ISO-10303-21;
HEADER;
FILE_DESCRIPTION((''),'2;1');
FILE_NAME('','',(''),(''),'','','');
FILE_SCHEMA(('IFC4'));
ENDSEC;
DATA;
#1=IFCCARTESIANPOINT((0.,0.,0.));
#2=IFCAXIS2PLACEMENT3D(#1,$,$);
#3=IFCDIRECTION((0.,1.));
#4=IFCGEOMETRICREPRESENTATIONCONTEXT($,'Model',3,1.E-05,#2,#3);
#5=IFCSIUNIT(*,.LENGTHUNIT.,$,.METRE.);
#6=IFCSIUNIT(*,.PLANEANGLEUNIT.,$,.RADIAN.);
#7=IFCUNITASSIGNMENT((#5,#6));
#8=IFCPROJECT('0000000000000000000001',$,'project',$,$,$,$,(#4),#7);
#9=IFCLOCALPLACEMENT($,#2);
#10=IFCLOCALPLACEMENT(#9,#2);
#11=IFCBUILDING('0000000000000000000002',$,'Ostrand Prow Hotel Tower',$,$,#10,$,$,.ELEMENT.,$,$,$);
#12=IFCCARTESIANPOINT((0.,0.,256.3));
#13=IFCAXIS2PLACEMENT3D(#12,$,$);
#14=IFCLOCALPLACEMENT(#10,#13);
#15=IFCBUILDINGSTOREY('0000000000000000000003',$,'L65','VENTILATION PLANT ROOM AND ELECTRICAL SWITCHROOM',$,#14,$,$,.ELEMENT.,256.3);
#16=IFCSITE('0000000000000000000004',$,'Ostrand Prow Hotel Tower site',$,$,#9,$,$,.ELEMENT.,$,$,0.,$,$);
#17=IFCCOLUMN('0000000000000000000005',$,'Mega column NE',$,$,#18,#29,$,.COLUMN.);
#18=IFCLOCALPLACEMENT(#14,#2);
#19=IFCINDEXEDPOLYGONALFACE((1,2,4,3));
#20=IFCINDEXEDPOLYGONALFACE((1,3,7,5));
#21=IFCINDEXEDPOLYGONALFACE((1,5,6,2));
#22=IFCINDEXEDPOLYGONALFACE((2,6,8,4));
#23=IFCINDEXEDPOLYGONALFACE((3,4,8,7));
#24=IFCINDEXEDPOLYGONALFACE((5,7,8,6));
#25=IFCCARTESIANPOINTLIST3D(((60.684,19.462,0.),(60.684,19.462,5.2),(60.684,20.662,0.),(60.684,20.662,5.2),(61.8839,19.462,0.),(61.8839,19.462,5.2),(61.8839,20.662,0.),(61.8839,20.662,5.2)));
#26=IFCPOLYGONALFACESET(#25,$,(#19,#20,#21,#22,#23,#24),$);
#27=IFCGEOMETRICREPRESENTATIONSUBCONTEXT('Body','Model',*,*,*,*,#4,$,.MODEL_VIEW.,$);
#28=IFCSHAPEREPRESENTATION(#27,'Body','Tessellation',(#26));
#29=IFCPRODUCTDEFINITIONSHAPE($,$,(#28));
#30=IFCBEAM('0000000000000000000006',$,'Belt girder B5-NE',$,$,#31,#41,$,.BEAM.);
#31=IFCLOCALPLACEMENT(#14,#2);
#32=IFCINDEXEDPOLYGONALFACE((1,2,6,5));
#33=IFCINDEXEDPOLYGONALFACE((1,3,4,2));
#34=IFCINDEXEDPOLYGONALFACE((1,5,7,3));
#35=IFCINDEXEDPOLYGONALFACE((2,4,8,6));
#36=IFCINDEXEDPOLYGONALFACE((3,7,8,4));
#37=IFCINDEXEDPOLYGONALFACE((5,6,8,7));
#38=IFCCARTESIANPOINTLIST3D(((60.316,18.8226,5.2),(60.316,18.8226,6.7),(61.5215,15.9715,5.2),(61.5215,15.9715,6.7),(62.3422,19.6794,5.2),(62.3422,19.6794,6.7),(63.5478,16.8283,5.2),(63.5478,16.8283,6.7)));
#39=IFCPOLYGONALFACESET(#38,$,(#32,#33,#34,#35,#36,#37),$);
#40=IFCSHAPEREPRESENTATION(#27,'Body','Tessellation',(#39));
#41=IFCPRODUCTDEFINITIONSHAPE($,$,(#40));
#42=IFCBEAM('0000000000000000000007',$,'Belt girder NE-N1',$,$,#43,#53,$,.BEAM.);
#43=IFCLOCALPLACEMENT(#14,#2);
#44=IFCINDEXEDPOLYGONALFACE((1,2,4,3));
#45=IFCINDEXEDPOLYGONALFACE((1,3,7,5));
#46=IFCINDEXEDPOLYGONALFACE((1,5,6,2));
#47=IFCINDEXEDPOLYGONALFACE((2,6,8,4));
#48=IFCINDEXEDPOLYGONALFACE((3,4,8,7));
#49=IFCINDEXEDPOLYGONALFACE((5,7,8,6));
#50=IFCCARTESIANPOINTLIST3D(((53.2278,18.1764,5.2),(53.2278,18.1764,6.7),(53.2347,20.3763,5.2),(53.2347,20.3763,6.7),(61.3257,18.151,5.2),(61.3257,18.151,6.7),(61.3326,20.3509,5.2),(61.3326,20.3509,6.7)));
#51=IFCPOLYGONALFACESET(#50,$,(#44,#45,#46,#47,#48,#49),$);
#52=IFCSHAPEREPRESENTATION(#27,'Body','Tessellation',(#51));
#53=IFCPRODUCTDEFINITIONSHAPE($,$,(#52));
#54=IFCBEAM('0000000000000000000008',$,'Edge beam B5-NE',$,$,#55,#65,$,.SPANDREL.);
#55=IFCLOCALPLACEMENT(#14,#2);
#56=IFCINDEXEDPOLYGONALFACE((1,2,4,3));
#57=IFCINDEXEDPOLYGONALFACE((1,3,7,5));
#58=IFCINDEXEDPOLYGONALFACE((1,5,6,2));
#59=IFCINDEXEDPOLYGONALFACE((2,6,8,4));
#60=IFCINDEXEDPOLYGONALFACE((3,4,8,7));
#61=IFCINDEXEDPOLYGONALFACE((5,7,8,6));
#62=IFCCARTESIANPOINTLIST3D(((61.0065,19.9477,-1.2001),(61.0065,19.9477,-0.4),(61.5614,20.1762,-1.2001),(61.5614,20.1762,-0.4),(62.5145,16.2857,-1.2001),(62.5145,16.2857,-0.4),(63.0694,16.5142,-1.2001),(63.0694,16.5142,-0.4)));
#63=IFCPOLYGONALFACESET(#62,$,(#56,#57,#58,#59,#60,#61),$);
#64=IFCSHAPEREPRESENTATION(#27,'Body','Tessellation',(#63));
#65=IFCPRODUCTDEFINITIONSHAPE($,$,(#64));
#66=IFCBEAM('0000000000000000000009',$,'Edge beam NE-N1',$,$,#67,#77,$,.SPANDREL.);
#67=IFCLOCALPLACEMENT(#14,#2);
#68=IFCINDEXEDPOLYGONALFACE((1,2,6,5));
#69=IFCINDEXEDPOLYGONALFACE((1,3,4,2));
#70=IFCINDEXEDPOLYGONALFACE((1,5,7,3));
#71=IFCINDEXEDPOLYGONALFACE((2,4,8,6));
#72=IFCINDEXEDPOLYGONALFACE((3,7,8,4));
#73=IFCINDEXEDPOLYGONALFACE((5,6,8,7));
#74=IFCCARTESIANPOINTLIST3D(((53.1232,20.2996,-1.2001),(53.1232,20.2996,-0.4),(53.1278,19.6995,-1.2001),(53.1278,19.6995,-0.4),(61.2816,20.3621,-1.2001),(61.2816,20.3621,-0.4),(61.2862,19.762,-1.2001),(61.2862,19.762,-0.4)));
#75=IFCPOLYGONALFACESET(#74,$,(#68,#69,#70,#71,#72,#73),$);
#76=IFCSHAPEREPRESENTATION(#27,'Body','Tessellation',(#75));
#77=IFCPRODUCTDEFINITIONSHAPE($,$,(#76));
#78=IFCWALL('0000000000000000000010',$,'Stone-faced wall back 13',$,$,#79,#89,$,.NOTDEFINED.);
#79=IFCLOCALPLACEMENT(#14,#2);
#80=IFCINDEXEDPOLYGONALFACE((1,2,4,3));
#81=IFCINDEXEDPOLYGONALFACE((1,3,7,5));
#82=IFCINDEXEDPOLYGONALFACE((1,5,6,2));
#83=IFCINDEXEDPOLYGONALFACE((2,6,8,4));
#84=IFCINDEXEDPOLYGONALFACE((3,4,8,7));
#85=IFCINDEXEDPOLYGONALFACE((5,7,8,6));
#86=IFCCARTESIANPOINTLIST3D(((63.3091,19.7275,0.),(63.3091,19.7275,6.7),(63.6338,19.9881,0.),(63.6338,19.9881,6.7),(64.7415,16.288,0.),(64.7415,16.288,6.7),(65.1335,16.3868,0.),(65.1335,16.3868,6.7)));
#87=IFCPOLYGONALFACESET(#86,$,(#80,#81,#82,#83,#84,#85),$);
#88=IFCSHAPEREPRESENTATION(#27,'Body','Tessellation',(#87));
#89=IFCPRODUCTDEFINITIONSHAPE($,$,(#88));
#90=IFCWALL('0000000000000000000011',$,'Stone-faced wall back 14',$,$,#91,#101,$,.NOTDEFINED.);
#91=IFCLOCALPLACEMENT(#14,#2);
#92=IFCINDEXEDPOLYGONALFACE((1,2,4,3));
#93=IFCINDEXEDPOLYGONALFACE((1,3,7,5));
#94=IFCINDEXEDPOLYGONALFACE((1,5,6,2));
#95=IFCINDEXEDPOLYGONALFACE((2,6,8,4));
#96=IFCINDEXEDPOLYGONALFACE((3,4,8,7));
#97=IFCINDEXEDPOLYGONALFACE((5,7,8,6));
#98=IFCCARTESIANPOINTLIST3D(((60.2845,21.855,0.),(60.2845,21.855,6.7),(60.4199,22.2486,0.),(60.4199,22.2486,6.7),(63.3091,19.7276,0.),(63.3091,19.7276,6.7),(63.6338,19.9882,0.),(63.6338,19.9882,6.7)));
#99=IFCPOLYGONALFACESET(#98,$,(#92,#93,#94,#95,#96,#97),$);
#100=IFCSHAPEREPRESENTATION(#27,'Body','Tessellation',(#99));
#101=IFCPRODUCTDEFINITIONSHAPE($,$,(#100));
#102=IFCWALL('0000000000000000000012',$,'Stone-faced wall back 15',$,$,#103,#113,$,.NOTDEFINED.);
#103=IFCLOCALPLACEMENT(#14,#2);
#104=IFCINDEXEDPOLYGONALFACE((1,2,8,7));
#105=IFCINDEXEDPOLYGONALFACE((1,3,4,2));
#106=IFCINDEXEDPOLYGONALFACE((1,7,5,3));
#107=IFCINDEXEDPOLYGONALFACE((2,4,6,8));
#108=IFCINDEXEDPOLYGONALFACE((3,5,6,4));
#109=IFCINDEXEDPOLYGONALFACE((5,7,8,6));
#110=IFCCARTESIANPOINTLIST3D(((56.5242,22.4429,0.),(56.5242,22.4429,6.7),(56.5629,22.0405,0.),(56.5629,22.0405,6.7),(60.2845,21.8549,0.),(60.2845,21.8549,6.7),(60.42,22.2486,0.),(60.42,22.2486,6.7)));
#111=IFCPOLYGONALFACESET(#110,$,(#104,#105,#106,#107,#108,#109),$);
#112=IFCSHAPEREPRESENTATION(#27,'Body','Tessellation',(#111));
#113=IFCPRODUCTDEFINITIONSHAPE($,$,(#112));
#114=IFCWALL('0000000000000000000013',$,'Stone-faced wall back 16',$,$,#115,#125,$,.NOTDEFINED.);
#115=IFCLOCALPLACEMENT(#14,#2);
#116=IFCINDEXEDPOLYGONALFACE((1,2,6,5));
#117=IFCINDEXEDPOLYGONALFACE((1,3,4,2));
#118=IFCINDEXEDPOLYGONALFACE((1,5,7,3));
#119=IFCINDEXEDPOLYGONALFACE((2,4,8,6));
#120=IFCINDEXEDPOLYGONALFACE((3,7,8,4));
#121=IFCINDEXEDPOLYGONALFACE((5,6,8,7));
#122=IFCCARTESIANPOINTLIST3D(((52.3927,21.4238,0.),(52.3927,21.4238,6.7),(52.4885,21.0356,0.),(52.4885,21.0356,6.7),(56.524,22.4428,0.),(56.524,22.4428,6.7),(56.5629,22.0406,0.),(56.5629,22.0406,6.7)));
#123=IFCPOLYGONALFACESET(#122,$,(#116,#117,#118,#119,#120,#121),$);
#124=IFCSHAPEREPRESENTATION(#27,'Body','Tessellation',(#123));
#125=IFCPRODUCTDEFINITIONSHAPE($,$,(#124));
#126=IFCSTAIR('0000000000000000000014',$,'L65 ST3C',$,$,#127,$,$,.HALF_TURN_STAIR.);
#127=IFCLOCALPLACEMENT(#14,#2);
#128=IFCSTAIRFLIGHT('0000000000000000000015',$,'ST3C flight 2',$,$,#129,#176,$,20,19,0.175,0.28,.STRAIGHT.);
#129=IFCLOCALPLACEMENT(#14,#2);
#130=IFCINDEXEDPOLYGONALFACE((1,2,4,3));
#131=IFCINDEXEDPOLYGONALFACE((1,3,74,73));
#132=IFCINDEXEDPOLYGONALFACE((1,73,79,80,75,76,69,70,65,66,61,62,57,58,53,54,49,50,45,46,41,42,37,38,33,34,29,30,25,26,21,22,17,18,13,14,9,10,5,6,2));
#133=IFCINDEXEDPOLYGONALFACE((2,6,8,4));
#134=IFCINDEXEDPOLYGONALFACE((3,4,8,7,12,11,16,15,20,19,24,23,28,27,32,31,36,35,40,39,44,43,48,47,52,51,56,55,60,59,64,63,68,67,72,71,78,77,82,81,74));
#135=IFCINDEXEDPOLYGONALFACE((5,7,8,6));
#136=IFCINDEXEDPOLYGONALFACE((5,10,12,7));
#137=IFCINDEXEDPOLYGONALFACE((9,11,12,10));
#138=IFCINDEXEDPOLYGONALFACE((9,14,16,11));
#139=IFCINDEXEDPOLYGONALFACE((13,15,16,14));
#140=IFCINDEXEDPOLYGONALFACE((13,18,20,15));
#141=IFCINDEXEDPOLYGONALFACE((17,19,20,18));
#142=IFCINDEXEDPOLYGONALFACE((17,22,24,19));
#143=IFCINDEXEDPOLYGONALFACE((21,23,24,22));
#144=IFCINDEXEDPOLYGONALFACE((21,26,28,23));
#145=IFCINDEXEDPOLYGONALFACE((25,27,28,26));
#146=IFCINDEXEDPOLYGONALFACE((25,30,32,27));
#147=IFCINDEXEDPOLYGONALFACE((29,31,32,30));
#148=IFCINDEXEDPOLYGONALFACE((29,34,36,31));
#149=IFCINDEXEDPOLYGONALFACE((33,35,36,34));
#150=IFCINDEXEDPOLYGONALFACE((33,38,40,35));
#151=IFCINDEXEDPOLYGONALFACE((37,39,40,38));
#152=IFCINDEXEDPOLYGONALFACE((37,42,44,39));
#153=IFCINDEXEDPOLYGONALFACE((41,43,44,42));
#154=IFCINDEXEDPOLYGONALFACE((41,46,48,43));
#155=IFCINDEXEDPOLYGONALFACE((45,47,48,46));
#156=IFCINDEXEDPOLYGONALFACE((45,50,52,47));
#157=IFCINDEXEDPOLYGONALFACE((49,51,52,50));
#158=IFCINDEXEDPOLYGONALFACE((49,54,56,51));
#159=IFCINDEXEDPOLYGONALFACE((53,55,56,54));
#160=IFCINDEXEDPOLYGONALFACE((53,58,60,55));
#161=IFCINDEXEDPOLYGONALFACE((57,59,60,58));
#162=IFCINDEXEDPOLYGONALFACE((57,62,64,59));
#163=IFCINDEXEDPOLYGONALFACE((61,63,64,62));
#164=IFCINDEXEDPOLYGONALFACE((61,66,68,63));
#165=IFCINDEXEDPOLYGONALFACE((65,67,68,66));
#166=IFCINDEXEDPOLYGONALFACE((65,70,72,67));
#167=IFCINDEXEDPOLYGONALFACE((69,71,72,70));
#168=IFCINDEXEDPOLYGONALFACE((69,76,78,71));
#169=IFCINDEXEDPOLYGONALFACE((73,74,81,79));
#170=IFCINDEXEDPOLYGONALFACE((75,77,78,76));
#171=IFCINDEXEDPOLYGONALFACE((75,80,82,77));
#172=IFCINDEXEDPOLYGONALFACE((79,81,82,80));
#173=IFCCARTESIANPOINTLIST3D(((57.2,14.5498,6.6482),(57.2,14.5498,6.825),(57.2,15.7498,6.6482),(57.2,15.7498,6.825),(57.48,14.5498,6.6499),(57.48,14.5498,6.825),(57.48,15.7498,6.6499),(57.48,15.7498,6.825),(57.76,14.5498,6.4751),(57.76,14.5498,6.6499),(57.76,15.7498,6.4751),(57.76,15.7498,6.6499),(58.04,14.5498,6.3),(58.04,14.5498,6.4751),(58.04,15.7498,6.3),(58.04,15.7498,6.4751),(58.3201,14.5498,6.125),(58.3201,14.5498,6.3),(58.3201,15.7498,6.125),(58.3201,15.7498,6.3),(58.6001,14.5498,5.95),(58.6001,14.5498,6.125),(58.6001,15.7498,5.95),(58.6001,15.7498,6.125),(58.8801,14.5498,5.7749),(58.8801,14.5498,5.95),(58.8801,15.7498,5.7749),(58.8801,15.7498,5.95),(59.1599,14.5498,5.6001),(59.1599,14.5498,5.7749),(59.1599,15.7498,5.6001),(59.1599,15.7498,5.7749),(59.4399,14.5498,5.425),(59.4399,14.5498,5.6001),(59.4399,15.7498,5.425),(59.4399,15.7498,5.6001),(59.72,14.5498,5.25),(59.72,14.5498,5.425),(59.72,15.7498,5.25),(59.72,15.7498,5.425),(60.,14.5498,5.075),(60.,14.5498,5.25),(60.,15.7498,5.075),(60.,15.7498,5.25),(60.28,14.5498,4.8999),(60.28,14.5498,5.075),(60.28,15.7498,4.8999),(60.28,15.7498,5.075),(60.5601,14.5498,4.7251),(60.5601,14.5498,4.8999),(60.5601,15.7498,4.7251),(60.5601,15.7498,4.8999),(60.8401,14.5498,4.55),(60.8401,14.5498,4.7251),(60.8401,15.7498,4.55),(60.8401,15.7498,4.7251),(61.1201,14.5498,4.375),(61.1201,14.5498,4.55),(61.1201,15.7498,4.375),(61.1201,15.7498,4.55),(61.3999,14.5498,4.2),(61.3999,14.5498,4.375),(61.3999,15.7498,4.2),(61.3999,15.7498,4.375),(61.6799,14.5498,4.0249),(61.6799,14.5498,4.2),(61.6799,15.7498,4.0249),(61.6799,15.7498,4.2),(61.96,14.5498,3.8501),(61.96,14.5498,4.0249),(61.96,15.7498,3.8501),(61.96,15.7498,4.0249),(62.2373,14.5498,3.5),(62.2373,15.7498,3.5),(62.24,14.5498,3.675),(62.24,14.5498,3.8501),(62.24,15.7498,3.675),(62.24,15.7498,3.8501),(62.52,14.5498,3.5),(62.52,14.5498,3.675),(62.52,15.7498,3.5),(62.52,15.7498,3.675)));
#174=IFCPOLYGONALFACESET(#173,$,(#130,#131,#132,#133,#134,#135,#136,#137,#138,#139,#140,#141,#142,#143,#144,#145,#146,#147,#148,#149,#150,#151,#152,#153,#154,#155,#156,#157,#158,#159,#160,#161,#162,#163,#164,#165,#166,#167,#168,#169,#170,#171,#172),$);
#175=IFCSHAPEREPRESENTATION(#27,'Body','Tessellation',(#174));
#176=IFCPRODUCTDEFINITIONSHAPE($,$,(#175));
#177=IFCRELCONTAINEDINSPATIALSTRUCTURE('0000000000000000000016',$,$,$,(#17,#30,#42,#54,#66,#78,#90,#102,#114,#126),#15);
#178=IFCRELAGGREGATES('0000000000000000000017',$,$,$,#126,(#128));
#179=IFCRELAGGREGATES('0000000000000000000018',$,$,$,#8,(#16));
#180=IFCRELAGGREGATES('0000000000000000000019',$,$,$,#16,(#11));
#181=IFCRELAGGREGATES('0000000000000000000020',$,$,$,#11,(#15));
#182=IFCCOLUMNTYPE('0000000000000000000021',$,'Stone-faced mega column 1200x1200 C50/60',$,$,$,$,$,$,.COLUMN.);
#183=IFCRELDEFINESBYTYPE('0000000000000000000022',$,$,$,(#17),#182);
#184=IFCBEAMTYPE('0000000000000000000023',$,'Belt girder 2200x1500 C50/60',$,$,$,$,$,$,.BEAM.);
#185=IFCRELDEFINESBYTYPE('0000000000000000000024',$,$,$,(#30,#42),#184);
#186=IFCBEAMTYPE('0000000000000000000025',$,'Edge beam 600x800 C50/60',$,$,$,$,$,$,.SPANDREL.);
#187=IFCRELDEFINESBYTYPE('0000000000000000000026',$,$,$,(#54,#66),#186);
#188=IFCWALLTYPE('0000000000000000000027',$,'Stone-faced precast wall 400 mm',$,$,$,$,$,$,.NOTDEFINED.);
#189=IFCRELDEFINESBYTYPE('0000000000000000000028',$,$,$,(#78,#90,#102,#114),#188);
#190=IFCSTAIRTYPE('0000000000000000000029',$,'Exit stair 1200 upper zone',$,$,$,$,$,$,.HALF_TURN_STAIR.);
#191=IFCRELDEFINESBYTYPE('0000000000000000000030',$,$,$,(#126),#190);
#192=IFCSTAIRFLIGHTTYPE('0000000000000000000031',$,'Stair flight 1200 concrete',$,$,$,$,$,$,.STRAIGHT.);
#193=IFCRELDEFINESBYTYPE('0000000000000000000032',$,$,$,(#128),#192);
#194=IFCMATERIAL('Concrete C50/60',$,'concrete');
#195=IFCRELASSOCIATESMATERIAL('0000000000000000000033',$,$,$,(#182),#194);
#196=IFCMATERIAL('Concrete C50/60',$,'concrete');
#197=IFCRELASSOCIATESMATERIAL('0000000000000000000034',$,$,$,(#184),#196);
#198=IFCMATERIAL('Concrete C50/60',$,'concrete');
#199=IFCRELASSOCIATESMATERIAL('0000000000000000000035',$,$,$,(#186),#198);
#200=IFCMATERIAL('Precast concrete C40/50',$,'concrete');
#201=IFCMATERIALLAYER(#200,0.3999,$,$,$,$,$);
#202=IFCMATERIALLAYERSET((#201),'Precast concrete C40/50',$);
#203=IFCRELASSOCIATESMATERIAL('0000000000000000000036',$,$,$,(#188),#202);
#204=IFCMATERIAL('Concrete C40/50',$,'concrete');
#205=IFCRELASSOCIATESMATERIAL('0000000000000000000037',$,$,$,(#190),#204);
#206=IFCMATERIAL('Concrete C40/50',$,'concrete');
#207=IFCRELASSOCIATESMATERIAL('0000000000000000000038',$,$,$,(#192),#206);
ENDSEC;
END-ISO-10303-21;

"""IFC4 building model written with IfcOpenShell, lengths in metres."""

from ifc_helpers import new_model, si_unit, direction, frame, origin, origin_2d, place, context, subcontext, project, spatial, polyline, rectangle, outline, extrude, material, layer, layer_set, material_profile, profile_set, type_object, element, aggregate, save


model = new_model("IFC4")

# Units and contexts
model_context = context("Model", 3, precision=1e-05, world=origin(), true_north=direction((0.0, 1.0)))
body_context = subcontext(model_context, "Body", "Model", "MODEL_VIEW")
ifc_project = project(units=[si_unit("LENGTHUNIT", "METRE"), si_unit("PLANEANGLEUNIT", "RADIAN")], contexts=[model_context])

# Site, building, storey
site_placement = place(None, origin())
site = spatial("IfcSite", under=ifc_project, at=site_placement, Name="Ostrand Prow Hotel Tower site", CompositionType="ELEMENT", RefElevation=0.0)
building_placement = place(site_placement, origin())
building = spatial("IfcBuilding", under=site, at=building_placement, Name="Ostrand Prow Hotel Tower", CompositionType="ELEMENT")
storey_placement = place(building_placement, frame((0.0, 0.0, 256.3)))
storey = spatial("IfcBuildingStorey", under=building, at=storey_placement, Name="L65", Description="VENTILATION PLANT ROOM AND ELECTRICAL SWITCHROOM", CompositionType="ELEMENT", Elevation=256.3)

# Column
ifc_material_1 = material(Name="Concrete C50/60", Category="concrete")
ifc_material_profile_1 = material_profile(ifc_material_1, rectangle(XDim=1.2, YDim=1.2, at=origin_2d()), Name="RC 1200x1200")
ifc_profile_set_1 = profile_set([ifc_material_profile_1], Name="Concrete C50/60")
column_type = type_object("IfcColumnType", Name="Stone-faced mega column 1200x1200 C50/60", PredefinedType="COLUMN", material=ifc_profile_set_1)
column_placement = place(storey_placement, frame((61.2839, 20.062, 0.0), z_axis=(0.0, 0.0, 1.0), x_axis=(1.0, 0.0, 0.0)))
element("IfcColumn", 1, at=column_placement, inside=storey, type_object=column_type, Name="Mega column NE", PredefinedType="COLUMN", context=body_context, shape_type="SweptSolid", body=[
    extrude(rectangle(XDim=1.2, YDim=1.2, at=origin_2d()), origin(), (0.0, 0.0, 1.0), 5.2),
])

# Beams
ifc_material_2 = material(Name="Concrete C50/60", Category="concrete")
ifc_material_profile_2 = material_profile(ifc_material_2, rectangle(XDim=2.2, YDim=1.5, at=origin_2d()), Name="RC 2200x1500")
ifc_profile_set_2 = profile_set([ifc_material_profile_2], Name="Concrete C50/60")
beam_type_1 = type_object("IfcBeamType", Name="Belt girder 2200x1500 C50/60", PredefinedType="BEAM", material=ifc_profile_set_2)
beam_1_placement = place(storey_placement, frame((62.5347, 16.3999, 5.95), z_axis=(-0.38946, 0.921043, 0.0), x_axis=(-0.921043, -0.38946, 0.0)))
element("IfcBeam", 2, at=beam_1_placement, inside=storey, type_object=beam_type_1, Name="Belt girder B5-NE", PredefinedType="BEAM", context=body_context, shape_type="SweptSolid", body=[
    extrude(rectangle(XDim=2.2, YDim=1.5, at=origin_2d()), origin(), (0.0, 0.0, 1.0), 3.0955),
])
beam_2_placement = place(storey_placement, frame((61.3291, 19.251, 5.95), z_axis=(-0.999995, 0.003135, 0.0), x_axis=(-0.003135, -0.999995, 0.0)))
element("IfcBeam", 3, at=beam_2_placement, inside=storey, type_object=beam_type_1, Name="Belt girder NE-N1", PredefinedType="BEAM", context=body_context, shape_type="SweptSolid", body=[
    extrude(rectangle(XDim=2.2, YDim=1.5, at=origin_2d()), origin(), (0.0, 0.0, 1.0), 8.0979),
])
ifc_material_3 = material(Name="Concrete C50/60", Category="concrete")
ifc_material_profile_3 = material_profile(ifc_material_3, rectangle(XDim=0.6001, YDim=0.8, at=origin_2d()), Name="RC 600x800")
ifc_profile_set_3 = profile_set([ifc_material_profile_3], Name="Concrete C50/60")
beam_type_2 = type_object("IfcBeamType", Name="Edge beam 600x800 C50/60", PredefinedType="SPANDREL", material=ifc_profile_set_3)
beam_3_placement = place(storey_placement, frame((62.792, 16.3999, -0.8), z_axis=(-0.380778, 0.924667, 0.0), x_axis=(-0.924667, -0.380778, 0.0)))
element("IfcBeam", 4, at=beam_3_placement, inside=storey, type_object=beam_type_2, Name="Edge beam B5-NE", PredefinedType="SPANDREL", context=body_context, shape_type="SweptSolid", body=[
    extrude(rectangle(XDim=0.6001, YDim=0.8, at=origin_2d()), origin(), (0.0, 0.0, 1.0), 3.9604),
])
beam_4_placement = place(storey_placement, frame((61.2839, 20.062, -0.8), z_axis=(-0.999971, -0.007661, 0.0), x_axis=(0.007661, -0.999971, 0.0)))
element("IfcBeam", 5, at=beam_4_placement, inside=storey, type_object=beam_type_2, Name="Edge beam NE-N1", PredefinedType="SPANDREL", context=body_context, shape_type="SweptSolid", body=[
    extrude(rectangle(XDim=0.6001, YDim=0.8, at=origin_2d()), origin(), (0.0, 0.0, 1.0), 8.1587),
])

# Walls
ifc_material_4 = material(Name="Precast concrete C40/50", Category="concrete")
ifc_layer_1 = layer(ifc_material_4, 0.3999)
ifc_layer_set_1 = layer_set([ifc_layer_1], Name="Precast concrete C40/50")
wall_type = type_object("IfcWallType", Name="Stone-faced precast wall 400 mm", PredefinedType="NOTDEFINED", material=ifc_layer_set_1)
wall_1_placement = place(storey_placement, frame((64.9375, 16.3374, 0.0), z_axis=(0.0, 0.0, 1.0), x_axis=(-0.384434, 0.923153, 0.0)))
element("IfcWall", 6, at=wall_1_placement, inside=storey, type_object=wall_type, Name="Stone-faced wall back 13", PredefinedType="NOTDEFINED", context=body_context, shape_type="SweptSolid", body=[
    extrude(outline(polyline([(-0.0298, -0.2), (3.8713, -0.2), (3.7556, 0.2), (0.0298, 0.2), (-0.0298, -0.2)])), origin(), (0.0, 0.0, 1.0), 6.7),
])
wall_2_placement = place(storey_placement, frame((63.4714, 19.8579, 0.0), z_axis=(0.0, 0.0, 1.0), x_axis=(-0.817943, 0.5753, 0.0)))
element("IfcWall", 7, at=wall_2_placement, inside=storey, type_object=wall_type, Name="Stone-faced wall back 14", PredefinedType="NOTDEFINED", context=body_context, shape_type="SweptSolid", body=[
    extrude(outline(polyline([(-0.0579, -0.2), (3.8713, -0.2), (3.7556, 0.2), (0.0579, 0.2), (-0.0579, -0.2)])), origin(), (0.0, 0.0, 1.0), 6.7),
])
wall_3_placement = place(storey_placement, frame((60.3523, 22.0518, 0.0), z_axis=(0.0, 0.0, 1.0), x_axis=(-0.998759, 0.049807, 0.0)))
element("IfcWall", 8, at=wall_3_placement, inside=storey, type_object=wall_type, Name="Stone-faced wall back 15", PredefinedType="NOTDEFINED", context=body_context, shape_type="SweptSolid", body=[
    extrude(outline(polyline([(-0.0579, -0.2), (3.8428, -0.2), (3.7842, 0.2), (0.0579, 0.2), (-0.0579, -0.2)])), origin(), (0.0, 0.0, 1.0), 6.7),
])
wall_4_placement = place(storey_placement, frame((56.5435, 22.2417, 0.0), z_axis=(0.0, 0.0, 1.0), x_axis=(-0.970902, -0.239476, 0.0)))
element("IfcWall", 9, at=wall_4_placement, inside=storey, type_object=wall_type, Name="Stone-faced wall back 16", PredefinedType="NOTDEFINED", context=body_context, shape_type="SweptSolid", body=[
    extrude(outline(polyline([(-0.0293, -0.2), (4.2258, -0.2), (4.2258, 0.2), (0.0293, 0.2), (-0.0293, -0.2)])), origin(), (0.0, 0.0, 1.0), 6.7),
])

# Stair, stair flight
ifc_material_5 = material(Name="Concrete C40/50", Category="concrete")
stair_type = type_object("IfcStairType", Name="Exit stair 1200 upper zone", PredefinedType="HALF_TURN_STAIR", material=ifc_material_5)
stair_placement = place(storey_placement, origin())
stair = element("IfcStair", 10, at=stair_placement, inside=storey, type_object=stair_type, Name="L65 ST3C", PredefinedType="HALF_TURN_STAIR")
ifc_material_6 = material(Name="Concrete C40/50", Category="concrete")
stair_flight_type = type_object("IfcStairFlightType", Name="Stair flight 1200 concrete", PredefinedType="STRAIGHT", material=ifc_material_6)
stair_flight_placement = place(storey_placement, frame((62.52, 15.1499, 3.5), z_axis=(0.0, 0.0, 1.0), x_axis=(-1.0, 0.0, 0.0)))
stair_flight = element("IfcStairFlight", 11, at=stair_flight_placement, type_object=stair_flight_type, Name="ST3C flight 2", NumberOfRisers=20, NumberOfTreads=19, PredefinedType="STRAIGHT", RiserHeight=0.175, TreadLength=0.28, context=body_context, shape_type="SweptSolid", body=[
    extrude(outline(polyline([(0.0, 0.0), (0.0, 0.175), (0.28, 0.175), (0.28, 0.3501), (0.5601, 0.3501), (0.5601, 0.5249), (0.8401, 0.5249), (0.8401, 0.7), (1.1201, 0.7), (1.1201, 0.875), (1.3999, 0.875), (1.3999, 1.05), (1.6799, 1.05), (1.6799, 1.2251), (1.96, 1.2251), (1.96, 1.3999), (2.24, 1.3999), (2.24, 1.575), (2.52, 1.575), (2.52, 1.75), (2.8, 1.75), (2.8, 1.925), (3.0801, 1.925), (3.0801, 2.1001), (3.3601, 2.1001), (3.3601, 2.2749), (3.6399, 2.2749), (3.6399, 2.45), (3.9199, 2.45), (3.9199, 2.625), (4.2, 2.625), (4.2, 2.8), (4.48, 2.8), (4.48, 2.9751), (4.76, 2.9751), (4.76, 3.1499), (5.04, 3.1499), (5.04, 3.325), (5.3201, 3.325), (5.3201, 3.5), (5.3201, 3.1482), (0.2827, 0.0), (0.0, 0.0)])), frame((0.0, 0.6001, 0.0), z_axis=(0.0, -1.0, 0.0), x_axis=(1.0, 0.0, 0.0)), (0.0, 0.0, 1.0), 1.2),
])
aggregate(stair, [stair_flight])

save(model, "model.ifc")
